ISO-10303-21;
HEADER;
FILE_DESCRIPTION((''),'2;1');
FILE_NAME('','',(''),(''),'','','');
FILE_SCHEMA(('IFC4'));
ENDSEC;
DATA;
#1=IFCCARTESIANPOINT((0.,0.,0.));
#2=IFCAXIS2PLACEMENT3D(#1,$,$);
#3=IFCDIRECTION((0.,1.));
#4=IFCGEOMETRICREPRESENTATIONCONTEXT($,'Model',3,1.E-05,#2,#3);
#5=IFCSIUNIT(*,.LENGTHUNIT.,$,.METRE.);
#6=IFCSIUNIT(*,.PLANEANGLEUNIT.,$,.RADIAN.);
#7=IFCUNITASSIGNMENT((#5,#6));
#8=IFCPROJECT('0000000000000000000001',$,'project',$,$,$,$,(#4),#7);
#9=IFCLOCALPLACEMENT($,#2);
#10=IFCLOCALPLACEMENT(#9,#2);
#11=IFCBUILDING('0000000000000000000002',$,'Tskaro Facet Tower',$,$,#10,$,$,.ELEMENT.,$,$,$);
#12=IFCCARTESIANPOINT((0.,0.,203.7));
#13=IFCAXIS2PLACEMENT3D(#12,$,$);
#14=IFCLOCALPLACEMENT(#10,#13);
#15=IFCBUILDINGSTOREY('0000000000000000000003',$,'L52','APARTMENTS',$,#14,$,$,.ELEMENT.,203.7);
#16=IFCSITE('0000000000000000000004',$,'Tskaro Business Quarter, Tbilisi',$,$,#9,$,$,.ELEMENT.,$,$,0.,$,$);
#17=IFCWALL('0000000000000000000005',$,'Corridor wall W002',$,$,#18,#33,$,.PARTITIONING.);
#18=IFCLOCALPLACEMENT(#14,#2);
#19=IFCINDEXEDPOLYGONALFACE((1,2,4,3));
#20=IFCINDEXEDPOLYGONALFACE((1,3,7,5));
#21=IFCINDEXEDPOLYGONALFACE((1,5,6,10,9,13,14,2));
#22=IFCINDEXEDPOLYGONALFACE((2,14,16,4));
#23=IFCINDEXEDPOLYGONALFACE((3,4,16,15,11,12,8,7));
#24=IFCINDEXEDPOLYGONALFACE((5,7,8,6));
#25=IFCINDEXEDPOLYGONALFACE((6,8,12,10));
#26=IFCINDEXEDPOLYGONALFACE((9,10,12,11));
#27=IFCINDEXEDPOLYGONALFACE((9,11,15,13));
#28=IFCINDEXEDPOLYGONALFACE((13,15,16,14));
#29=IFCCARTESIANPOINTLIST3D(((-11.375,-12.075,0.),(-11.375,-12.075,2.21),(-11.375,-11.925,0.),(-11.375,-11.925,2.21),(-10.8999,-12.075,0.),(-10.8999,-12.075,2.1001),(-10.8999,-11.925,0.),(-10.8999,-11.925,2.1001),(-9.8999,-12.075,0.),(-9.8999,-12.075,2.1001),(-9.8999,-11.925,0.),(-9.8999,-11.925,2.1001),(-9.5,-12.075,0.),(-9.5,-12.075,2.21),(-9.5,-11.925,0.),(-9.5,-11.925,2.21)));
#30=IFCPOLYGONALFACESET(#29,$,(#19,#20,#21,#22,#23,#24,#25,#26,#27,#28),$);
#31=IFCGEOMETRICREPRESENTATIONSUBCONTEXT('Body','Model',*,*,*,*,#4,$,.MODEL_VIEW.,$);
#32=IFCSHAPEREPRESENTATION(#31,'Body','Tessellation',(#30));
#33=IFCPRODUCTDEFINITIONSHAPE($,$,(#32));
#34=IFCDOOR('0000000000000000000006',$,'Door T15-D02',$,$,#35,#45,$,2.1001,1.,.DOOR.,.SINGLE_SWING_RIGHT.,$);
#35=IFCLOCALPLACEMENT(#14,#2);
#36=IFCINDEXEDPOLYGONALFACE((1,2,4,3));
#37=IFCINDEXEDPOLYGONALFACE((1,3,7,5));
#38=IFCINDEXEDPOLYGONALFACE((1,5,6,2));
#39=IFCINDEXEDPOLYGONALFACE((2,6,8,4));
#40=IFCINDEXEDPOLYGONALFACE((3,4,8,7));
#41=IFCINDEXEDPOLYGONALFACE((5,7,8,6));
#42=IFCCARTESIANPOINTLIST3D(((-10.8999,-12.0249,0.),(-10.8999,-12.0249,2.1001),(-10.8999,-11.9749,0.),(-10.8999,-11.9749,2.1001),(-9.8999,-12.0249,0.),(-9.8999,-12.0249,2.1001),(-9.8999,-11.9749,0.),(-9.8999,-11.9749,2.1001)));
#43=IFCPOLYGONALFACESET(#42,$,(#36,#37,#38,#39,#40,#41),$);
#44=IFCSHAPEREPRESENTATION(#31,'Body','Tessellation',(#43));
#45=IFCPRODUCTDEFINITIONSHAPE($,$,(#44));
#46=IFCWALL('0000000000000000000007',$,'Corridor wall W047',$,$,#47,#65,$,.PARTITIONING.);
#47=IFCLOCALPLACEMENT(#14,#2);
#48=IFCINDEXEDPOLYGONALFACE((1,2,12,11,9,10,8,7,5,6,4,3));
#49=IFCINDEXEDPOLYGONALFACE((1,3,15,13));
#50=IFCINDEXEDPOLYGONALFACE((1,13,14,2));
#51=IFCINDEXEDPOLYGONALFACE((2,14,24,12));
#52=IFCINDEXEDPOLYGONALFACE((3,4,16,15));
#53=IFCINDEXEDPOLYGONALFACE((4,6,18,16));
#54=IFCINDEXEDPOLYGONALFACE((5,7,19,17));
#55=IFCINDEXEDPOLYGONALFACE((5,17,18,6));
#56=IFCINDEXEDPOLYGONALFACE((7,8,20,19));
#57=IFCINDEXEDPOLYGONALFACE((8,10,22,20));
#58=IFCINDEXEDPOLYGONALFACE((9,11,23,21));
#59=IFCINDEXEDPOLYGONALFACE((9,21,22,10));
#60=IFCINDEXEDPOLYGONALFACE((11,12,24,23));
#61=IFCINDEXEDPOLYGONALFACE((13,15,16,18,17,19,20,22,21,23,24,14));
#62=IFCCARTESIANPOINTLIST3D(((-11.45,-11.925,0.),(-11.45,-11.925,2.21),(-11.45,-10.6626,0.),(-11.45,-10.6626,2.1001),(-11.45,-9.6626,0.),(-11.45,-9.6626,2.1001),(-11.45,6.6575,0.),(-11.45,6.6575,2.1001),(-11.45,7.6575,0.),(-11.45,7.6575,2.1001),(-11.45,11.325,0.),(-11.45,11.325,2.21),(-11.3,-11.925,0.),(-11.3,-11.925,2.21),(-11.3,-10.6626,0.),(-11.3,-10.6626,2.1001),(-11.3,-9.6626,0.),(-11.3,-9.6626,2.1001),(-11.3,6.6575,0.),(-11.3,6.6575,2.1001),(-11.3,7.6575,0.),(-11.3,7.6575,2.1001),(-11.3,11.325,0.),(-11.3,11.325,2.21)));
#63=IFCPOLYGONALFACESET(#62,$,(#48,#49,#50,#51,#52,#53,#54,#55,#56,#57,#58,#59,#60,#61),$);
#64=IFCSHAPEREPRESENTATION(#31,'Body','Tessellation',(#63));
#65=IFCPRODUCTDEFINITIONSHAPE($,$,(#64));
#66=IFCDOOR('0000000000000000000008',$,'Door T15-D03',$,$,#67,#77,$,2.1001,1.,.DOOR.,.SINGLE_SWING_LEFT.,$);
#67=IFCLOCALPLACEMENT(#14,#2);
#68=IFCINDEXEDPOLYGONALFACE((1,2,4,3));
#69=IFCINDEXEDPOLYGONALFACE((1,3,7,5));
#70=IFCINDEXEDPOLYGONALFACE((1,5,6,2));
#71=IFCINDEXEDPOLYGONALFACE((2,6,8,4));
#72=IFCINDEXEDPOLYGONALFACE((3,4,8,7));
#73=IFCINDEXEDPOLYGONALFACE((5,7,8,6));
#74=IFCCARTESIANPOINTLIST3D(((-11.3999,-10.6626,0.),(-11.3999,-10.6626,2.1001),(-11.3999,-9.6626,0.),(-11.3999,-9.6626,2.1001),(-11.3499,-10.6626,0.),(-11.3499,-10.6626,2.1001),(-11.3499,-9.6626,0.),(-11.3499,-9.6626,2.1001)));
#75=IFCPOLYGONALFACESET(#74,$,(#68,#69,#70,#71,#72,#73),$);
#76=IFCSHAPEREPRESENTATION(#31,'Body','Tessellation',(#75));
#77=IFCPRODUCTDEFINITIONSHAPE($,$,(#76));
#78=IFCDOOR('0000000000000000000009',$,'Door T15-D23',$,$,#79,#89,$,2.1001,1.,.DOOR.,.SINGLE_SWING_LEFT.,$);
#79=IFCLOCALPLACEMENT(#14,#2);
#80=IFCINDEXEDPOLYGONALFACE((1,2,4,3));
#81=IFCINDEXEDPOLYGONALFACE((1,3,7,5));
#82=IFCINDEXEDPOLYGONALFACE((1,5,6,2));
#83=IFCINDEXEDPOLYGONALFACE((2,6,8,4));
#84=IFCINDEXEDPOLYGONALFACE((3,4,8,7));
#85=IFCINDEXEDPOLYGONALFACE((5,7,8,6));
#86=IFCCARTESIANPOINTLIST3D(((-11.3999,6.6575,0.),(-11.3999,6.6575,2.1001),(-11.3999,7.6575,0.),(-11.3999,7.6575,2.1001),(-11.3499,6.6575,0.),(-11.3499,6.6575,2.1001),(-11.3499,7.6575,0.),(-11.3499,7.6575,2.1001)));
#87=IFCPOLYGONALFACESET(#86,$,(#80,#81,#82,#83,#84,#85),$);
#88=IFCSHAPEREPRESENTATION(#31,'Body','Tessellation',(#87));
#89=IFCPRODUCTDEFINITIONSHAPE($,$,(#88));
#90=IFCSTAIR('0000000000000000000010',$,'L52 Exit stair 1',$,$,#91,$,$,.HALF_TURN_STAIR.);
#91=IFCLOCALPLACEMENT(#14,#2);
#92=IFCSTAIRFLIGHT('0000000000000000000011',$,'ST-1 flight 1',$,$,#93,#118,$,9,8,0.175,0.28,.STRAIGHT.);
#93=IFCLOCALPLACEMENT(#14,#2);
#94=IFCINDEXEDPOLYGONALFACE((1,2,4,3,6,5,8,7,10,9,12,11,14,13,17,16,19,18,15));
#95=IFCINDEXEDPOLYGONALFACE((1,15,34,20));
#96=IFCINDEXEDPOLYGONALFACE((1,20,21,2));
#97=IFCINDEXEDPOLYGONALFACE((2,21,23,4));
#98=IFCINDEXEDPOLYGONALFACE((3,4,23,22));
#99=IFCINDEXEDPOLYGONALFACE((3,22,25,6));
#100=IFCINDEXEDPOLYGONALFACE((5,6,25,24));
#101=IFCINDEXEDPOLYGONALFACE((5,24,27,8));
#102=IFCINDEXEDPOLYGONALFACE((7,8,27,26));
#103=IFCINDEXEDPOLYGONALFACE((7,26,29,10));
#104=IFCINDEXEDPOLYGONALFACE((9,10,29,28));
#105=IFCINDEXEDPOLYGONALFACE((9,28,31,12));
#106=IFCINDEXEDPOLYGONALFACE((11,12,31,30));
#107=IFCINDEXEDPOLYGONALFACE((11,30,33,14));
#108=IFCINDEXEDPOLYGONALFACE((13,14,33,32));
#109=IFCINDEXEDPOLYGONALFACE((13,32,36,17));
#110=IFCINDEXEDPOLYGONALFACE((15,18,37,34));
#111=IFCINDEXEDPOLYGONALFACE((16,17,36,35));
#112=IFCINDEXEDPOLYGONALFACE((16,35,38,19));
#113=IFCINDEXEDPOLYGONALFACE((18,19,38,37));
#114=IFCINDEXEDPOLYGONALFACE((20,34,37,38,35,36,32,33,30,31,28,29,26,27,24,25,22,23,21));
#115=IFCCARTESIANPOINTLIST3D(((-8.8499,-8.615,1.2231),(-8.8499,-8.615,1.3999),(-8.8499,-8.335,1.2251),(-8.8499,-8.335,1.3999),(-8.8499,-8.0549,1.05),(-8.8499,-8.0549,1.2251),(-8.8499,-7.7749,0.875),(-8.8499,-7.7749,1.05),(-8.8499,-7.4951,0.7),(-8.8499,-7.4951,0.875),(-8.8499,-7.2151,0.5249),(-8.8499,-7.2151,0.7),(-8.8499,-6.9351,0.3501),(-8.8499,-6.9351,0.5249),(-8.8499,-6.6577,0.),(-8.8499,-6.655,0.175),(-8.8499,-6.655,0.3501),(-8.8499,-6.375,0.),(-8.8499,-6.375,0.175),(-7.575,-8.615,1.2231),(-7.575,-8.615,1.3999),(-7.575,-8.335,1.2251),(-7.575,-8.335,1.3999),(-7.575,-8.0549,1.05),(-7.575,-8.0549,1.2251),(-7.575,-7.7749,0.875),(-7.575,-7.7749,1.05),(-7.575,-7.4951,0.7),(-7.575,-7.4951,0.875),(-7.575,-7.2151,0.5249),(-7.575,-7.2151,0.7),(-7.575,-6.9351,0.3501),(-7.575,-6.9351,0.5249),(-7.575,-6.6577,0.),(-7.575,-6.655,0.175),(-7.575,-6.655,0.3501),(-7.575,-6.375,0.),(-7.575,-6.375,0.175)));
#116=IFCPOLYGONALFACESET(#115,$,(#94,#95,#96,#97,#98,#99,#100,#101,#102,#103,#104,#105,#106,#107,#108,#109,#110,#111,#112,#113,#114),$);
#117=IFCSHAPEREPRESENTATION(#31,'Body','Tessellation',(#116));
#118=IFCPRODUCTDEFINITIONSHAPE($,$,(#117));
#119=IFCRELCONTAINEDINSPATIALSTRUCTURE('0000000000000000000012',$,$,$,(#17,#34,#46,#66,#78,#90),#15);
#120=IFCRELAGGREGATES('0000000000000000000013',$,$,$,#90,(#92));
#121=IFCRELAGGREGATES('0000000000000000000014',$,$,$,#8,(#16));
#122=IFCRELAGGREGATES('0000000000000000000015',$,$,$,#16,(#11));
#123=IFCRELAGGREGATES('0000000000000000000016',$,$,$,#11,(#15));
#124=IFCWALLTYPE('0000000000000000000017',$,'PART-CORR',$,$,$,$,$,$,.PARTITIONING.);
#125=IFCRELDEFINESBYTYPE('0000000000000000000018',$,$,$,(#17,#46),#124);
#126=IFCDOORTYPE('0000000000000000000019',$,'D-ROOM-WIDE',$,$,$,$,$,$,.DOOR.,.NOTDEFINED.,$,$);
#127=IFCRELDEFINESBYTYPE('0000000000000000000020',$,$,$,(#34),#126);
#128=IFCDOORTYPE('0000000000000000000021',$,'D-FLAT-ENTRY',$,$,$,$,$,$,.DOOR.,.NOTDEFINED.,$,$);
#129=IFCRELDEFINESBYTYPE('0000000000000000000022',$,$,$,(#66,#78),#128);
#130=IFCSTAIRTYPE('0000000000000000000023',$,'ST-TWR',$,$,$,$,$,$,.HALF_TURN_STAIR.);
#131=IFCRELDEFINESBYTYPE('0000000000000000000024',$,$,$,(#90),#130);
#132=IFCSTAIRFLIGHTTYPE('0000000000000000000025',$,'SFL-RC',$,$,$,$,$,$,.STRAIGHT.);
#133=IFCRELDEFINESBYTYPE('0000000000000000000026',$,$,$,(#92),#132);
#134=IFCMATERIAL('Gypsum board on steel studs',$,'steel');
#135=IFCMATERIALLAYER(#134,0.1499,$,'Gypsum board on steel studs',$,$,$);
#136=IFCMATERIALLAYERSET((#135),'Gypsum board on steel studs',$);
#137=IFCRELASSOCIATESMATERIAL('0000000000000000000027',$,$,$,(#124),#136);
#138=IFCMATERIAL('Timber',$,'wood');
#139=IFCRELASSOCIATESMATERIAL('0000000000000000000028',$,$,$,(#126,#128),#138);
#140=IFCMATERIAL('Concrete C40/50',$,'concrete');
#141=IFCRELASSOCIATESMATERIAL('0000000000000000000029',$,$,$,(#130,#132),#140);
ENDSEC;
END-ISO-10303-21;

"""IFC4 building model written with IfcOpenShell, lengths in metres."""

from ifc_helpers import new_model, si_unit, direction, frame, frame_2d, origin, place, context, subcontext, project, spatial, polyline, rectangle, outline, extrude, material, layer, layer_set, type_object, element, fill, aggregate, save


model = new_model("IFC4")

# Units and contexts
model_context = context("Model", 3, precision=1e-05, world=origin(), true_north=direction((0.0, 1.0)))
body_context = subcontext(model_context, "Body", "Model", "MODEL_VIEW")
ifc_project = project(units=[si_unit("LENGTHUNIT", "METRE"), si_unit("PLANEANGLEUNIT", "RADIAN")], contexts=[model_context])

# Site, building, storey
site_placement = place(None, origin())
site = spatial("IfcSite", under=ifc_project, at=site_placement, Name="Tskaro Business Quarter, Tbilisi", CompositionType="ELEMENT", RefElevation=0.0)
building_placement = place(site_placement, origin())
building = spatial("IfcBuilding", under=site, at=building_placement, Name="Tskaro Facet Tower", CompositionType="ELEMENT")
storey_placement = place(building_placement, frame((0.0, 0.0, 203.7)))
storey = spatial("IfcBuildingStorey", under=building, at=storey_placement, Name="L52", Description="APARTMENTS", CompositionType="ELEMENT", Elevation=203.7)

# Shared definitions
ifc_material_1 = material(Name="Timber", Category="wood")

# Shared definitions
ifc_material_2 = material(Name="Concrete C40/50", Category="concrete")

# Wall, opening, door
ifc_material_3 = material(Name="Gypsum board on steel studs", Category="steel")
ifc_layer_1 = layer(ifc_material_3, 0.1499, Name="Gypsum board on steel studs")
ifc_layer_set_1 = layer_set([ifc_layer_1], Name="Gypsum board on steel studs")
wall_type_1 = type_object("IfcWallType", Name="PART-CORR", PredefinedType="PARTITIONING", material=ifc_layer_set_1)
wall_1_placement = place(storey_placement, frame((-9.5, -12.0, 0.0), z_axis=(0.0, 0.0, 1.0), x_axis=(-1.0, 0.0, 0.0)))
wall_1 = element("IfcWall", 1, at=wall_1_placement, inside=storey, type_object=wall_type_1, Name="Corridor wall W002", PredefinedType="PARTITIONING", context=body_context, shape_type="SweptSolid", body=[
    extrude(rectangle(XDim=1.875, YDim=0.1499, at=frame_2d((0.9375, 0.0))), origin(), (0.0, 0.0, 1.0), 2.21),
])
opening_1_placement = place(wall_1_placement, frame((0.3999, 0.0, 0.0)))
opening_1 = element("IfcOpeningElement", 2, at=opening_1_placement, cuts=wall_1, PredefinedType="OPENING", context=body_context, shape_type="SweptSolid", body=[
    extrude(rectangle(XDim=1.0, YDim=2.1001, at=frame_2d((0.5, 1.05))), frame((0.0, 0.085, 0.0), z_axis=(0.0, -1.0, 0.0), x_axis=(1.0, 0.0, 0.0)), (0.0, 0.0, 1.0), 0.1699),
])
door_type_1 = type_object("IfcDoorType", Name="D-ROOM-WIDE", OperationType="NOTDEFINED", PredefinedType="DOOR", material=ifc_material_1)
door_1_placement = place(opening_1_placement, origin())
door_1 = element("IfcDoor", 3, at=door_1_placement, inside=storey, type_object=door_type_1, Name="Door T15-D02", OperationType="SINGLE_SWING_RIGHT", OverallHeight=2.1001, OverallWidth=1.0, PredefinedType="DOOR", context=body_context, shape_type="SweptSolid", body=[
    extrude(rectangle(XDim=1.0, YDim=2.1001, at=frame_2d((0.5, 1.05))), frame((0.0, 0.0249, 0.0), z_axis=(0.0, -1.0, 0.0), x_axis=(1.0, 0.0, 0.0)), (0.0, 0.0, 1.0), 0.05),
])
fill(opening_1, door_1)

# Wall, openings, doors
wall_2_placement = place(storey_placement, frame((-11.375, -11.925, 0.0), z_axis=(0.0, 0.0, 1.0), x_axis=(0.0, 1.0, 0.0)))
wall_2 = element("IfcWall", 4, at=wall_2_placement, inside=storey, type_object=wall_type_1, Name="Corridor wall W047", PredefinedType="PARTITIONING", context=body_context, shape_type="SweptSolid", body=[
    extrude(rectangle(XDim=23.25, YDim=0.1499, at=frame_2d((11.625, 0.0))), origin(), (0.0, 0.0, 1.0), 2.21),
])
opening_2_placement = place(wall_2_placement, frame((1.2625, 0.0, 0.0)))
opening_2 = element("IfcOpeningElement", 5, at=opening_2_placement, cuts=wall_2, PredefinedType="OPENING", context=body_context, shape_type="SweptSolid", body=[
    extrude(rectangle(XDim=1.0, YDim=2.1001, at=frame_2d((0.5, 1.05))), frame((0.0, 0.085, 0.0), z_axis=(0.0, -1.0, 0.0), x_axis=(1.0, 0.0, 0.0)), (0.0, 0.0, 1.0), 0.1699),
])
opening_3_placement = place(wall_2_placement, frame((18.5825, 0.0, 0.0)))
opening_3 = element("IfcOpeningElement", 6, at=opening_3_placement, cuts=wall_2, PredefinedType="OPENING", context=body_context, shape_type="SweptSolid", body=[
    extrude(rectangle(XDim=1.0, YDim=2.1001, at=frame_2d((0.5, 1.05))), frame((0.0, 0.085, 0.0), z_axis=(0.0, -1.0, 0.0), x_axis=(1.0, 0.0, 0.0)), (0.0, 0.0, 1.0), 0.1699),
])
door_type_2 = type_object("IfcDoorType", Name="D-FLAT-ENTRY", OperationType="NOTDEFINED", PredefinedType="DOOR", material=ifc_material_1)
door_2_placement = place(opening_2_placement, origin())
door_2 = element("IfcDoor", 7, at=door_2_placement, inside=storey, type_object=door_type_2, Name="Door T15-D03", OperationType="SINGLE_SWING_LEFT", OverallHeight=2.1001, OverallWidth=1.0, PredefinedType="DOOR", context=body_context, shape_type="SweptSolid", body=[
    extrude(rectangle(XDim=1.0, YDim=2.1001, at=frame_2d((0.5, 1.05))), frame((0.0, 0.0249, 0.0), z_axis=(0.0, -1.0, 0.0), x_axis=(1.0, 0.0, 0.0)), (0.0, 0.0, 1.0), 0.05),
])
fill(opening_2, door_2)
door_3_placement = place(opening_3_placement, origin())
door_3 = element("IfcDoor", 8, at=door_3_placement, inside=storey, type_object=door_type_2, Name="Door T15-D23", OperationType="SINGLE_SWING_LEFT", OverallHeight=2.1001, OverallWidth=1.0, PredefinedType="DOOR", context=body_context, shape_type="SweptSolid", body=[
    extrude(rectangle(XDim=1.0, YDim=2.1001, at=frame_2d((0.5, 1.05))), frame((0.0, 0.0249, 0.0), z_axis=(0.0, -1.0, 0.0), x_axis=(1.0, 0.0, 0.0)), (0.0, 0.0, 1.0), 0.05),
])
fill(opening_3, door_3)

# Stair, stair flight
stair_type = type_object("IfcStairType", Name="ST-TWR", PredefinedType="HALF_TURN_STAIR", material=ifc_material_2)
stair_placement = place(storey_placement, origin())
stair = element("IfcStair", 9, at=stair_placement, inside=storey, type_object=stair_type, Name="L52 Exit stair 1", PredefinedType="HALF_TURN_STAIR")
stair_flight_type = type_object("IfcStairFlightType", Name="SFL-RC", PredefinedType="STRAIGHT", material=ifc_material_2)
stair_flight_placement = place(storey_placement, frame((-8.2124, -6.375, 0.0), z_axis=(0.0, 0.0, 1.0), x_axis=(0.0, -1.0, 0.0)))
stair_flight = element("IfcStairFlight", 10, at=stair_flight_placement, type_object=stair_flight_type, Name="ST-1 flight 1", NumberOfRisers=9, NumberOfTreads=8, PredefinedType="STRAIGHT", RiserHeight=0.175, TreadLength=0.28, context=body_context, shape_type="SweptSolid", body=[
    extrude(outline(polyline([(0.0, 0.0), (0.0, 0.175), (0.28, 0.175), (0.28, 0.3501), (0.5601, 0.3501), (0.5601, 0.5249), (0.8401, 0.5249), (0.8401, 0.7), (1.1201, 0.7), (1.1201, 0.875), (1.3999, 0.875), (1.3999, 1.05), (1.6799, 1.05), (1.6799, 1.2251), (1.96, 1.2251), (1.96, 1.3999), (2.24, 1.3999), (2.24, 1.575), (2.24, 1.2231), (0.2827, 0.0), (0.0, 0.0)])), frame((0.0, 0.6375, 0.0), z_axis=(0.0, -1.0, 0.0), x_axis=(1.0, 0.0, 0.0)), (0.0, 0.0, 1.0), 1.2749),
])
aggregate(stair, [stair_flight])

save(model, "model.ifc")
